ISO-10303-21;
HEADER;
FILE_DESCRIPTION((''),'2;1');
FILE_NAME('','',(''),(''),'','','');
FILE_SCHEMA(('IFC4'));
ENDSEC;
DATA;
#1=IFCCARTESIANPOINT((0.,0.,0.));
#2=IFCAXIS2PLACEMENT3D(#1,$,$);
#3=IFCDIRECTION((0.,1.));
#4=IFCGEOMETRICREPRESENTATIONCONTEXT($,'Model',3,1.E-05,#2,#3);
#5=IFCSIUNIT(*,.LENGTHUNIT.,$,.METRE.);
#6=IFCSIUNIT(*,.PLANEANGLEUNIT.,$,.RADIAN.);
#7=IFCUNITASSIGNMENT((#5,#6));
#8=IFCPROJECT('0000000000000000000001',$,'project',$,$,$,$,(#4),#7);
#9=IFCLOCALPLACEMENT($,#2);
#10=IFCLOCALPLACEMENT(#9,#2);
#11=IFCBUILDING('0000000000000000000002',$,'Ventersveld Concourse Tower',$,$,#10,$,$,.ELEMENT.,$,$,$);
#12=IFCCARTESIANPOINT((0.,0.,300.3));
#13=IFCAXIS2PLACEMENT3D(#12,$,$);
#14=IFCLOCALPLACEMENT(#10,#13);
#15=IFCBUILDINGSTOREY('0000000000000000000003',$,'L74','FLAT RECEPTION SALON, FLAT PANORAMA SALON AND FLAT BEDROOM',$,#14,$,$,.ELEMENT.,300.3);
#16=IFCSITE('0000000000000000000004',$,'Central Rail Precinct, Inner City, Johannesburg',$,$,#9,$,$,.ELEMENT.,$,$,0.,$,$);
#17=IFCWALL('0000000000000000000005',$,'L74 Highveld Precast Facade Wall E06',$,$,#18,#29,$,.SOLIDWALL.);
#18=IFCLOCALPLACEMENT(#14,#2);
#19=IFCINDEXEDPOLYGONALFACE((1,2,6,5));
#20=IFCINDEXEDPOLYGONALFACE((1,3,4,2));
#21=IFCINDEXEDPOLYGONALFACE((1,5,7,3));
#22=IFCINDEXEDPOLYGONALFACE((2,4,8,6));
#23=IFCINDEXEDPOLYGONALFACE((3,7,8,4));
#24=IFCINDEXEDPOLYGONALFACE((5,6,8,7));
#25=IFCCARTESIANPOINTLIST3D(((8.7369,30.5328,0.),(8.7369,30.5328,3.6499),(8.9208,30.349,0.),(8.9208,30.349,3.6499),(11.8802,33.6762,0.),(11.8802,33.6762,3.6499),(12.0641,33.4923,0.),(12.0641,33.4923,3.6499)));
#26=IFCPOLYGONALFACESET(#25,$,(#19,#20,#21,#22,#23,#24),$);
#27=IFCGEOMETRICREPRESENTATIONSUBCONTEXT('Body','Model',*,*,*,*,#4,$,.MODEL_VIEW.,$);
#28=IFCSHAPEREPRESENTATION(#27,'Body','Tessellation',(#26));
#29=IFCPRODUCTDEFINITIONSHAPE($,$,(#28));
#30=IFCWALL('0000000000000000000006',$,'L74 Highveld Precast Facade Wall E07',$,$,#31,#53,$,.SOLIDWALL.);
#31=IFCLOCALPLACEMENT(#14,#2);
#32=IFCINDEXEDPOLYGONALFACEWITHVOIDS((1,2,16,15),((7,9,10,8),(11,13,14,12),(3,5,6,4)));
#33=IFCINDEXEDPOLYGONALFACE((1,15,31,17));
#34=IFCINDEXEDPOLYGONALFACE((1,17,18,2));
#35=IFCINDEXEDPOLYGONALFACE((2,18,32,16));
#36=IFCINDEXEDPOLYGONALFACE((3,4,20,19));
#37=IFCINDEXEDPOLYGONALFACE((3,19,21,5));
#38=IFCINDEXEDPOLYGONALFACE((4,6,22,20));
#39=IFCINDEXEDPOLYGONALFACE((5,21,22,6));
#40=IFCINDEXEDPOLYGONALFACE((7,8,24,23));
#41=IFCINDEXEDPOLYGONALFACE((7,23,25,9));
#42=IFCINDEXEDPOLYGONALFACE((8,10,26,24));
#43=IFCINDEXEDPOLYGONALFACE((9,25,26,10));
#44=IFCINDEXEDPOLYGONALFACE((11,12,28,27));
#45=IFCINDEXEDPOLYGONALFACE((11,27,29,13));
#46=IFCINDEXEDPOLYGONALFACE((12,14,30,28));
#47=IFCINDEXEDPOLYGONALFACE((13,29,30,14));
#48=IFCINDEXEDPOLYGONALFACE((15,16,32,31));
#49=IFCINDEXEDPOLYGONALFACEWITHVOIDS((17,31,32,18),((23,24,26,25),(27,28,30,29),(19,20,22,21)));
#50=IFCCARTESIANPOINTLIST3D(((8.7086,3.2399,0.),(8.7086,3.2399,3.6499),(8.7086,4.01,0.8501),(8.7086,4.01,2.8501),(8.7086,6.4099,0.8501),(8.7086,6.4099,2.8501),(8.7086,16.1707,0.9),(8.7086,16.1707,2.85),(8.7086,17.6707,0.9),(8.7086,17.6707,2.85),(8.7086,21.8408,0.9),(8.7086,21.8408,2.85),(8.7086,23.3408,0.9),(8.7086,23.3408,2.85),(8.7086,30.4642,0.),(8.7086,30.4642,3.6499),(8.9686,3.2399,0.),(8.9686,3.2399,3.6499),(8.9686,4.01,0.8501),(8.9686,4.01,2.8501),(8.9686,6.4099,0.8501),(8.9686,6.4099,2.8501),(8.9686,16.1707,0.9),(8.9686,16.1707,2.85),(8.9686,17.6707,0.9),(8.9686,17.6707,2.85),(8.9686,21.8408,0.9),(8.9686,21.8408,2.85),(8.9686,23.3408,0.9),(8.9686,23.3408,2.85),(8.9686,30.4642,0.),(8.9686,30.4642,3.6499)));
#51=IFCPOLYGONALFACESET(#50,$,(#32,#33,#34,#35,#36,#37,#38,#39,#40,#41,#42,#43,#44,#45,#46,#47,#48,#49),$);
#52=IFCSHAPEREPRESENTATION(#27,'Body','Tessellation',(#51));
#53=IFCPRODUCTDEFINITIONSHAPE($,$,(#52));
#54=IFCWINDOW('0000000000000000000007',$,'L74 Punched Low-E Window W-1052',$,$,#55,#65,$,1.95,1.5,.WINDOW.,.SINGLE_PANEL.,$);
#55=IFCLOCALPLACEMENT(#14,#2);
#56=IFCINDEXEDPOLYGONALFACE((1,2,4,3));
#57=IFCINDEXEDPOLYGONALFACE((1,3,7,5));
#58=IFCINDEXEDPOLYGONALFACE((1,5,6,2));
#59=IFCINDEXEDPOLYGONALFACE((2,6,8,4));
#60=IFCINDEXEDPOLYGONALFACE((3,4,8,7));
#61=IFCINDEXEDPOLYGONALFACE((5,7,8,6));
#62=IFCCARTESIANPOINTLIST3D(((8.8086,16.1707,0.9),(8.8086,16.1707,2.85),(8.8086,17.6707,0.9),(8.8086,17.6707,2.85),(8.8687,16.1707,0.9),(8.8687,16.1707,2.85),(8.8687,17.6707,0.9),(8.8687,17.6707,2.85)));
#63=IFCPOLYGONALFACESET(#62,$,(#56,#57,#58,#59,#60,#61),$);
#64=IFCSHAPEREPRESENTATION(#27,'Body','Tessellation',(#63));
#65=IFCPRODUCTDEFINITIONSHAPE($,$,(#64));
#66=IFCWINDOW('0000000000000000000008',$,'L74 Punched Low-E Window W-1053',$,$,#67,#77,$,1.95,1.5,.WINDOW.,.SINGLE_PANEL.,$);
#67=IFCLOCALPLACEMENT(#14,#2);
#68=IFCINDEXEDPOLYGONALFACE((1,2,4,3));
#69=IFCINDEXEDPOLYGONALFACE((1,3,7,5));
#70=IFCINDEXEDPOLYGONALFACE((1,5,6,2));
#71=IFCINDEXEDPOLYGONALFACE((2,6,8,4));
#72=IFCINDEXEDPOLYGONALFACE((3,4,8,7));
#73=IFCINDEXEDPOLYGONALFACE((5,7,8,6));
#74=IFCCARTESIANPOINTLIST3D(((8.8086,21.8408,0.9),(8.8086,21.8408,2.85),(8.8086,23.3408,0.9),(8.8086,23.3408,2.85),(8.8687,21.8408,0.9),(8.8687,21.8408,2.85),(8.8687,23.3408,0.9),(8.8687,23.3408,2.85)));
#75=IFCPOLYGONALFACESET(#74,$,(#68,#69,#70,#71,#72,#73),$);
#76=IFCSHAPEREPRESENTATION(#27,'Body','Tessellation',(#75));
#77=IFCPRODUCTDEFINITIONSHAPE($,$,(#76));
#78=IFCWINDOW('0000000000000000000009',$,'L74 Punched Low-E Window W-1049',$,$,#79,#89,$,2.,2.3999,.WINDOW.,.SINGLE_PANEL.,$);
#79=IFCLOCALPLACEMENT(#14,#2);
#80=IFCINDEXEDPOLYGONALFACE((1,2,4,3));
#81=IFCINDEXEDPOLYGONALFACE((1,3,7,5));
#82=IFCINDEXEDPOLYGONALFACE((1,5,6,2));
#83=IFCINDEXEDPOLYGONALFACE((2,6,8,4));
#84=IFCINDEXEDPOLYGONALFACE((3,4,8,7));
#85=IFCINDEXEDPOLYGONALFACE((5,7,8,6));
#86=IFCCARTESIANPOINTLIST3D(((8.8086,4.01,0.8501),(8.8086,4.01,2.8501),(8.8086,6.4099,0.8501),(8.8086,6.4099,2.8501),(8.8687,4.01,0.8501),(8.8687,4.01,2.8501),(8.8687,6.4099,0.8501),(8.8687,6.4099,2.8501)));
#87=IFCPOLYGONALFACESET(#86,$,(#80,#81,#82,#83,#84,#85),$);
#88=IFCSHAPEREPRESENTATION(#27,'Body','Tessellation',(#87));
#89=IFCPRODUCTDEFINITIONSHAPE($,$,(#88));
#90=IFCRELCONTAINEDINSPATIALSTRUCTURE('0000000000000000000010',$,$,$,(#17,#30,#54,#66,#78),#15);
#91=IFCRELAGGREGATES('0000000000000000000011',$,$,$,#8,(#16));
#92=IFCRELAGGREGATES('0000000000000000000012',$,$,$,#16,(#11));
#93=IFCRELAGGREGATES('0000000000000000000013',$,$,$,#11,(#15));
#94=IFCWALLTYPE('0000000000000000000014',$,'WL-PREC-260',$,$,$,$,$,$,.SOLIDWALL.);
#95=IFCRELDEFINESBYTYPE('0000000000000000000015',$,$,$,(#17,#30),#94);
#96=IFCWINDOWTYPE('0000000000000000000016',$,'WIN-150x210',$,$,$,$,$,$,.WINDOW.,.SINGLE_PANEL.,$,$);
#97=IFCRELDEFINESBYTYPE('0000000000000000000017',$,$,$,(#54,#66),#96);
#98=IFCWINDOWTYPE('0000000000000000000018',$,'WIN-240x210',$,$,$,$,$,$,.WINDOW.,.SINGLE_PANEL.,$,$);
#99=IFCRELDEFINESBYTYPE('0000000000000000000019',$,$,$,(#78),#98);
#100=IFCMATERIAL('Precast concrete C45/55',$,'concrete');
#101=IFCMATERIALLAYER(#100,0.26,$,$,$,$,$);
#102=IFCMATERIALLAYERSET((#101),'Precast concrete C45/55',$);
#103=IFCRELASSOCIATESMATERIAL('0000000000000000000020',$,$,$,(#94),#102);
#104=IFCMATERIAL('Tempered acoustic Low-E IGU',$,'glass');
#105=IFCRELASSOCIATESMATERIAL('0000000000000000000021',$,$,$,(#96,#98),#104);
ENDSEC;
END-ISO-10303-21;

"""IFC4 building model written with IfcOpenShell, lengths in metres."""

from ifc_helpers import new_model, si_unit, direction, frame, frame_2d, origin, place, context, subcontext, project, spatial, rectangle, extrude, material, layer, layer_set, type_object, element, fill, save


model = new_model("IFC4")

# Units and contexts
model_context = context("Model", 3, precision=1e-05, world=origin(), true_north=direction((0.0, 1.0)))
body_context = subcontext(model_context, "Body", "Model", "MODEL_VIEW")
ifc_project = project(units=[si_unit("LENGTHUNIT", "METRE"), si_unit("PLANEANGLEUNIT", "RADIAN")], contexts=[model_context])

# Site, building, storey
site_placement = place(None, origin())
site = spatial("IfcSite", under=ifc_project, at=site_placement, Name="Central Rail Precinct, Inner City, Johannesburg", CompositionType="ELEMENT", RefElevation=0.0)
building_placement = place(site_placement, origin())
building = spatial("IfcBuilding", under=site, at=building_placement, Name="Ventersveld Concourse Tower", CompositionType="ELEMENT")
storey_placement = place(building_placement, frame((0.0, 0.0, 300.3)))
storey = spatial("IfcBuildingStorey", under=building, at=storey_placement, Name="L74", Description="FLAT RECEPTION SALON, FLAT PANORAMA SALON AND FLAT BEDROOM", CompositionType="ELEMENT", Elevation=300.3)

# Wall
ifc_material_1 = material(Name="Precast concrete C45/55", Category="concrete")
ifc_layer_1 = layer(ifc_material_1, 0.26)
ifc_layer_set_1 = layer_set([ifc_layer_1], Name="Precast concrete C45/55")
wall_type_1 = type_object("IfcWallType", Name="WL-PREC-260", PredefinedType="SOLIDWALL", material=ifc_layer_set_1)
wall_1_placement = place(storey_placement, frame((11.9722, 33.5842, 0.0), z_axis=(0.0, 0.0, 1.0), x_axis=(-0.707107, -0.707107, 0.0)))
element("IfcWall", 1, at=wall_1_placement, inside=storey, type_object=wall_type_1, Name="L74 Highveld Precast Facade Wall E06", PredefinedType="SOLIDWALL", context=body_context, shape_type="SweptSolid", body=[
    extrude(rectangle(XDim=4.4453, YDim=0.26, at=frame_2d((2.2227, 0.0))), origin(), (0.0, 0.0, 1.0), 3.6499),
])

# Wall, openings, windows
wall_2_placement = place(storey_placement, frame((8.8386, 30.4644, 0.0), z_axis=(0.0, 0.0, 1.0), x_axis=(0.0, -1.0, 0.0)))
wall_2 = element("IfcWall", 2, at=wall_2_placement, inside=storey, type_object=wall_type_1, Name="L74 Highveld Precast Facade Wall E07", PredefinedType="SOLIDWALL", context=body_context, shape_type="SweptSolid", body=[
    extrude(rectangle(XDim=27.2244, YDim=0.26, at=frame_2d((13.6123, 0.0))), origin(), (0.0, 0.0, 1.0), 3.6499),
])
opening_1_placement = place(wall_2_placement, frame((24.0544, 0.0, 0.8501)))
opening_1 = element("IfcOpeningElement", 3, at=opening_1_placement, cuts=wall_2, PredefinedType="OPENING", context=body_context, shape_type="SweptSolid", body=[
    extrude(rectangle(XDim=2.3999, YDim=2.0, at=frame_2d((1.2, 1.0))), frame((0.0, 0.1401, 0.0), z_axis=(0.0, -1.0, 0.0), x_axis=(1.0, 0.0, 0.0)), (0.0, 0.0, 1.0), 0.28),
])
opening_2_placement = place(wall_2_placement, frame((12.7937, 0.0, 0.8999)))
opening_2 = element("IfcOpeningElement", 4, at=opening_2_placement, cuts=wall_2, PredefinedType="OPENING", context=body_context, shape_type="SweptSolid", body=[
    extrude(rectangle(XDim=1.5, YDim=1.95, at=frame_2d((0.75, 0.9751))), frame((0.0, 0.1401, 0.0), z_axis=(0.0, -1.0, 0.0), x_axis=(1.0, 0.0, 0.0)), (0.0, 0.0, 1.0), 0.28),
])
opening_3_placement = place(wall_2_placement, frame((7.1235, 0.0, 0.8999)))
opening_3 = element("IfcOpeningElement", 5, at=opening_3_placement, cuts=wall_2, PredefinedType="OPENING", context=body_context, shape_type="SweptSolid", body=[
    extrude(rectangle(XDim=1.5, YDim=1.95, at=frame_2d((0.75, 0.9751))), frame((0.0, 0.1401, 0.0), z_axis=(0.0, -1.0, 0.0), x_axis=(1.0, 0.0, 0.0)), (0.0, 0.0, 1.0), 0.28),
])
ifc_material_2 = material(Name="Tempered acoustic Low-E IGU", Category="glass")
window_type_1 = type_object("IfcWindowType", Name="WIN-150x210", PartitioningType="SINGLE_PANEL", PredefinedType="WINDOW", material=ifc_material_2)
window_1_placement = place(opening_2_placement, origin())
window_1 = element("IfcWindow", 6, at=window_1_placement, inside=storey, type_object=window_type_1, Name="L74 Punched Low-E Window W-1052", OverallHeight=1.95, OverallWidth=1.5, PartitioningType="SINGLE_PANEL", PredefinedType="WINDOW", context=body_context, shape_type="SweptSolid", body=[
    extrude(rectangle(XDim=1.5, YDim=1.95, at=frame_2d((0.75, 0.9751))), frame((0.0, 0.03, 0.0), z_axis=(0.0, -1.0, 0.0), x_axis=(1.0, 0.0, 0.0)), (0.0, 0.0, 1.0), 0.0601),
])
fill(opening_2, window_1)
window_2_placement = place(opening_3_placement, origin())
window_2 = element("IfcWindow", 7, at=window_2_placement, inside=storey, type_object=window_type_1, Name="L74 Punched Low-E Window W-1053", OverallHeight=1.95, OverallWidth=1.5, PartitioningType="SINGLE_PANEL", PredefinedType="WINDOW", context=body_context, shape_type="SweptSolid", body=[
    extrude(rectangle(XDim=1.5, YDim=1.95, at=frame_2d((0.75, 0.9751))), frame((0.0, 0.03, 0.0), z_axis=(0.0, -1.0, 0.0), x_axis=(1.0, 0.0, 0.0)), (0.0, 0.0, 1.0), 0.0601),
])
fill(opening_3, window_2)
window_type_2 = type_object("IfcWindowType", Name="WIN-240x210", PartitioningType="SINGLE_PANEL", PredefinedType="WINDOW", material=ifc_material_2)
window_3_placement = place(opening_1_placement, origin())
window_3 = element("IfcWindow", 8, at=window_3_placement, inside=storey, type_object=window_type_2, Name="L74 Punched Low-E Window W-1049", OverallHeight=2.0, OverallWidth=2.3999, PartitioningType="SINGLE_PANEL", PredefinedType="WINDOW", context=body_context, shape_type="SweptSolid", body=[
    extrude(rectangle(XDim=2.3999, YDim=2.0, at=frame_2d((1.2, 1.0))), frame((0.0, 0.03, 0.0), z_axis=(0.0, -1.0, 0.0), x_axis=(1.0, 0.0, 0.0)), (0.0, 0.0, 1.0), 0.0601),
])
fill(opening_1, window_3)

save(model, "model.ifc")
